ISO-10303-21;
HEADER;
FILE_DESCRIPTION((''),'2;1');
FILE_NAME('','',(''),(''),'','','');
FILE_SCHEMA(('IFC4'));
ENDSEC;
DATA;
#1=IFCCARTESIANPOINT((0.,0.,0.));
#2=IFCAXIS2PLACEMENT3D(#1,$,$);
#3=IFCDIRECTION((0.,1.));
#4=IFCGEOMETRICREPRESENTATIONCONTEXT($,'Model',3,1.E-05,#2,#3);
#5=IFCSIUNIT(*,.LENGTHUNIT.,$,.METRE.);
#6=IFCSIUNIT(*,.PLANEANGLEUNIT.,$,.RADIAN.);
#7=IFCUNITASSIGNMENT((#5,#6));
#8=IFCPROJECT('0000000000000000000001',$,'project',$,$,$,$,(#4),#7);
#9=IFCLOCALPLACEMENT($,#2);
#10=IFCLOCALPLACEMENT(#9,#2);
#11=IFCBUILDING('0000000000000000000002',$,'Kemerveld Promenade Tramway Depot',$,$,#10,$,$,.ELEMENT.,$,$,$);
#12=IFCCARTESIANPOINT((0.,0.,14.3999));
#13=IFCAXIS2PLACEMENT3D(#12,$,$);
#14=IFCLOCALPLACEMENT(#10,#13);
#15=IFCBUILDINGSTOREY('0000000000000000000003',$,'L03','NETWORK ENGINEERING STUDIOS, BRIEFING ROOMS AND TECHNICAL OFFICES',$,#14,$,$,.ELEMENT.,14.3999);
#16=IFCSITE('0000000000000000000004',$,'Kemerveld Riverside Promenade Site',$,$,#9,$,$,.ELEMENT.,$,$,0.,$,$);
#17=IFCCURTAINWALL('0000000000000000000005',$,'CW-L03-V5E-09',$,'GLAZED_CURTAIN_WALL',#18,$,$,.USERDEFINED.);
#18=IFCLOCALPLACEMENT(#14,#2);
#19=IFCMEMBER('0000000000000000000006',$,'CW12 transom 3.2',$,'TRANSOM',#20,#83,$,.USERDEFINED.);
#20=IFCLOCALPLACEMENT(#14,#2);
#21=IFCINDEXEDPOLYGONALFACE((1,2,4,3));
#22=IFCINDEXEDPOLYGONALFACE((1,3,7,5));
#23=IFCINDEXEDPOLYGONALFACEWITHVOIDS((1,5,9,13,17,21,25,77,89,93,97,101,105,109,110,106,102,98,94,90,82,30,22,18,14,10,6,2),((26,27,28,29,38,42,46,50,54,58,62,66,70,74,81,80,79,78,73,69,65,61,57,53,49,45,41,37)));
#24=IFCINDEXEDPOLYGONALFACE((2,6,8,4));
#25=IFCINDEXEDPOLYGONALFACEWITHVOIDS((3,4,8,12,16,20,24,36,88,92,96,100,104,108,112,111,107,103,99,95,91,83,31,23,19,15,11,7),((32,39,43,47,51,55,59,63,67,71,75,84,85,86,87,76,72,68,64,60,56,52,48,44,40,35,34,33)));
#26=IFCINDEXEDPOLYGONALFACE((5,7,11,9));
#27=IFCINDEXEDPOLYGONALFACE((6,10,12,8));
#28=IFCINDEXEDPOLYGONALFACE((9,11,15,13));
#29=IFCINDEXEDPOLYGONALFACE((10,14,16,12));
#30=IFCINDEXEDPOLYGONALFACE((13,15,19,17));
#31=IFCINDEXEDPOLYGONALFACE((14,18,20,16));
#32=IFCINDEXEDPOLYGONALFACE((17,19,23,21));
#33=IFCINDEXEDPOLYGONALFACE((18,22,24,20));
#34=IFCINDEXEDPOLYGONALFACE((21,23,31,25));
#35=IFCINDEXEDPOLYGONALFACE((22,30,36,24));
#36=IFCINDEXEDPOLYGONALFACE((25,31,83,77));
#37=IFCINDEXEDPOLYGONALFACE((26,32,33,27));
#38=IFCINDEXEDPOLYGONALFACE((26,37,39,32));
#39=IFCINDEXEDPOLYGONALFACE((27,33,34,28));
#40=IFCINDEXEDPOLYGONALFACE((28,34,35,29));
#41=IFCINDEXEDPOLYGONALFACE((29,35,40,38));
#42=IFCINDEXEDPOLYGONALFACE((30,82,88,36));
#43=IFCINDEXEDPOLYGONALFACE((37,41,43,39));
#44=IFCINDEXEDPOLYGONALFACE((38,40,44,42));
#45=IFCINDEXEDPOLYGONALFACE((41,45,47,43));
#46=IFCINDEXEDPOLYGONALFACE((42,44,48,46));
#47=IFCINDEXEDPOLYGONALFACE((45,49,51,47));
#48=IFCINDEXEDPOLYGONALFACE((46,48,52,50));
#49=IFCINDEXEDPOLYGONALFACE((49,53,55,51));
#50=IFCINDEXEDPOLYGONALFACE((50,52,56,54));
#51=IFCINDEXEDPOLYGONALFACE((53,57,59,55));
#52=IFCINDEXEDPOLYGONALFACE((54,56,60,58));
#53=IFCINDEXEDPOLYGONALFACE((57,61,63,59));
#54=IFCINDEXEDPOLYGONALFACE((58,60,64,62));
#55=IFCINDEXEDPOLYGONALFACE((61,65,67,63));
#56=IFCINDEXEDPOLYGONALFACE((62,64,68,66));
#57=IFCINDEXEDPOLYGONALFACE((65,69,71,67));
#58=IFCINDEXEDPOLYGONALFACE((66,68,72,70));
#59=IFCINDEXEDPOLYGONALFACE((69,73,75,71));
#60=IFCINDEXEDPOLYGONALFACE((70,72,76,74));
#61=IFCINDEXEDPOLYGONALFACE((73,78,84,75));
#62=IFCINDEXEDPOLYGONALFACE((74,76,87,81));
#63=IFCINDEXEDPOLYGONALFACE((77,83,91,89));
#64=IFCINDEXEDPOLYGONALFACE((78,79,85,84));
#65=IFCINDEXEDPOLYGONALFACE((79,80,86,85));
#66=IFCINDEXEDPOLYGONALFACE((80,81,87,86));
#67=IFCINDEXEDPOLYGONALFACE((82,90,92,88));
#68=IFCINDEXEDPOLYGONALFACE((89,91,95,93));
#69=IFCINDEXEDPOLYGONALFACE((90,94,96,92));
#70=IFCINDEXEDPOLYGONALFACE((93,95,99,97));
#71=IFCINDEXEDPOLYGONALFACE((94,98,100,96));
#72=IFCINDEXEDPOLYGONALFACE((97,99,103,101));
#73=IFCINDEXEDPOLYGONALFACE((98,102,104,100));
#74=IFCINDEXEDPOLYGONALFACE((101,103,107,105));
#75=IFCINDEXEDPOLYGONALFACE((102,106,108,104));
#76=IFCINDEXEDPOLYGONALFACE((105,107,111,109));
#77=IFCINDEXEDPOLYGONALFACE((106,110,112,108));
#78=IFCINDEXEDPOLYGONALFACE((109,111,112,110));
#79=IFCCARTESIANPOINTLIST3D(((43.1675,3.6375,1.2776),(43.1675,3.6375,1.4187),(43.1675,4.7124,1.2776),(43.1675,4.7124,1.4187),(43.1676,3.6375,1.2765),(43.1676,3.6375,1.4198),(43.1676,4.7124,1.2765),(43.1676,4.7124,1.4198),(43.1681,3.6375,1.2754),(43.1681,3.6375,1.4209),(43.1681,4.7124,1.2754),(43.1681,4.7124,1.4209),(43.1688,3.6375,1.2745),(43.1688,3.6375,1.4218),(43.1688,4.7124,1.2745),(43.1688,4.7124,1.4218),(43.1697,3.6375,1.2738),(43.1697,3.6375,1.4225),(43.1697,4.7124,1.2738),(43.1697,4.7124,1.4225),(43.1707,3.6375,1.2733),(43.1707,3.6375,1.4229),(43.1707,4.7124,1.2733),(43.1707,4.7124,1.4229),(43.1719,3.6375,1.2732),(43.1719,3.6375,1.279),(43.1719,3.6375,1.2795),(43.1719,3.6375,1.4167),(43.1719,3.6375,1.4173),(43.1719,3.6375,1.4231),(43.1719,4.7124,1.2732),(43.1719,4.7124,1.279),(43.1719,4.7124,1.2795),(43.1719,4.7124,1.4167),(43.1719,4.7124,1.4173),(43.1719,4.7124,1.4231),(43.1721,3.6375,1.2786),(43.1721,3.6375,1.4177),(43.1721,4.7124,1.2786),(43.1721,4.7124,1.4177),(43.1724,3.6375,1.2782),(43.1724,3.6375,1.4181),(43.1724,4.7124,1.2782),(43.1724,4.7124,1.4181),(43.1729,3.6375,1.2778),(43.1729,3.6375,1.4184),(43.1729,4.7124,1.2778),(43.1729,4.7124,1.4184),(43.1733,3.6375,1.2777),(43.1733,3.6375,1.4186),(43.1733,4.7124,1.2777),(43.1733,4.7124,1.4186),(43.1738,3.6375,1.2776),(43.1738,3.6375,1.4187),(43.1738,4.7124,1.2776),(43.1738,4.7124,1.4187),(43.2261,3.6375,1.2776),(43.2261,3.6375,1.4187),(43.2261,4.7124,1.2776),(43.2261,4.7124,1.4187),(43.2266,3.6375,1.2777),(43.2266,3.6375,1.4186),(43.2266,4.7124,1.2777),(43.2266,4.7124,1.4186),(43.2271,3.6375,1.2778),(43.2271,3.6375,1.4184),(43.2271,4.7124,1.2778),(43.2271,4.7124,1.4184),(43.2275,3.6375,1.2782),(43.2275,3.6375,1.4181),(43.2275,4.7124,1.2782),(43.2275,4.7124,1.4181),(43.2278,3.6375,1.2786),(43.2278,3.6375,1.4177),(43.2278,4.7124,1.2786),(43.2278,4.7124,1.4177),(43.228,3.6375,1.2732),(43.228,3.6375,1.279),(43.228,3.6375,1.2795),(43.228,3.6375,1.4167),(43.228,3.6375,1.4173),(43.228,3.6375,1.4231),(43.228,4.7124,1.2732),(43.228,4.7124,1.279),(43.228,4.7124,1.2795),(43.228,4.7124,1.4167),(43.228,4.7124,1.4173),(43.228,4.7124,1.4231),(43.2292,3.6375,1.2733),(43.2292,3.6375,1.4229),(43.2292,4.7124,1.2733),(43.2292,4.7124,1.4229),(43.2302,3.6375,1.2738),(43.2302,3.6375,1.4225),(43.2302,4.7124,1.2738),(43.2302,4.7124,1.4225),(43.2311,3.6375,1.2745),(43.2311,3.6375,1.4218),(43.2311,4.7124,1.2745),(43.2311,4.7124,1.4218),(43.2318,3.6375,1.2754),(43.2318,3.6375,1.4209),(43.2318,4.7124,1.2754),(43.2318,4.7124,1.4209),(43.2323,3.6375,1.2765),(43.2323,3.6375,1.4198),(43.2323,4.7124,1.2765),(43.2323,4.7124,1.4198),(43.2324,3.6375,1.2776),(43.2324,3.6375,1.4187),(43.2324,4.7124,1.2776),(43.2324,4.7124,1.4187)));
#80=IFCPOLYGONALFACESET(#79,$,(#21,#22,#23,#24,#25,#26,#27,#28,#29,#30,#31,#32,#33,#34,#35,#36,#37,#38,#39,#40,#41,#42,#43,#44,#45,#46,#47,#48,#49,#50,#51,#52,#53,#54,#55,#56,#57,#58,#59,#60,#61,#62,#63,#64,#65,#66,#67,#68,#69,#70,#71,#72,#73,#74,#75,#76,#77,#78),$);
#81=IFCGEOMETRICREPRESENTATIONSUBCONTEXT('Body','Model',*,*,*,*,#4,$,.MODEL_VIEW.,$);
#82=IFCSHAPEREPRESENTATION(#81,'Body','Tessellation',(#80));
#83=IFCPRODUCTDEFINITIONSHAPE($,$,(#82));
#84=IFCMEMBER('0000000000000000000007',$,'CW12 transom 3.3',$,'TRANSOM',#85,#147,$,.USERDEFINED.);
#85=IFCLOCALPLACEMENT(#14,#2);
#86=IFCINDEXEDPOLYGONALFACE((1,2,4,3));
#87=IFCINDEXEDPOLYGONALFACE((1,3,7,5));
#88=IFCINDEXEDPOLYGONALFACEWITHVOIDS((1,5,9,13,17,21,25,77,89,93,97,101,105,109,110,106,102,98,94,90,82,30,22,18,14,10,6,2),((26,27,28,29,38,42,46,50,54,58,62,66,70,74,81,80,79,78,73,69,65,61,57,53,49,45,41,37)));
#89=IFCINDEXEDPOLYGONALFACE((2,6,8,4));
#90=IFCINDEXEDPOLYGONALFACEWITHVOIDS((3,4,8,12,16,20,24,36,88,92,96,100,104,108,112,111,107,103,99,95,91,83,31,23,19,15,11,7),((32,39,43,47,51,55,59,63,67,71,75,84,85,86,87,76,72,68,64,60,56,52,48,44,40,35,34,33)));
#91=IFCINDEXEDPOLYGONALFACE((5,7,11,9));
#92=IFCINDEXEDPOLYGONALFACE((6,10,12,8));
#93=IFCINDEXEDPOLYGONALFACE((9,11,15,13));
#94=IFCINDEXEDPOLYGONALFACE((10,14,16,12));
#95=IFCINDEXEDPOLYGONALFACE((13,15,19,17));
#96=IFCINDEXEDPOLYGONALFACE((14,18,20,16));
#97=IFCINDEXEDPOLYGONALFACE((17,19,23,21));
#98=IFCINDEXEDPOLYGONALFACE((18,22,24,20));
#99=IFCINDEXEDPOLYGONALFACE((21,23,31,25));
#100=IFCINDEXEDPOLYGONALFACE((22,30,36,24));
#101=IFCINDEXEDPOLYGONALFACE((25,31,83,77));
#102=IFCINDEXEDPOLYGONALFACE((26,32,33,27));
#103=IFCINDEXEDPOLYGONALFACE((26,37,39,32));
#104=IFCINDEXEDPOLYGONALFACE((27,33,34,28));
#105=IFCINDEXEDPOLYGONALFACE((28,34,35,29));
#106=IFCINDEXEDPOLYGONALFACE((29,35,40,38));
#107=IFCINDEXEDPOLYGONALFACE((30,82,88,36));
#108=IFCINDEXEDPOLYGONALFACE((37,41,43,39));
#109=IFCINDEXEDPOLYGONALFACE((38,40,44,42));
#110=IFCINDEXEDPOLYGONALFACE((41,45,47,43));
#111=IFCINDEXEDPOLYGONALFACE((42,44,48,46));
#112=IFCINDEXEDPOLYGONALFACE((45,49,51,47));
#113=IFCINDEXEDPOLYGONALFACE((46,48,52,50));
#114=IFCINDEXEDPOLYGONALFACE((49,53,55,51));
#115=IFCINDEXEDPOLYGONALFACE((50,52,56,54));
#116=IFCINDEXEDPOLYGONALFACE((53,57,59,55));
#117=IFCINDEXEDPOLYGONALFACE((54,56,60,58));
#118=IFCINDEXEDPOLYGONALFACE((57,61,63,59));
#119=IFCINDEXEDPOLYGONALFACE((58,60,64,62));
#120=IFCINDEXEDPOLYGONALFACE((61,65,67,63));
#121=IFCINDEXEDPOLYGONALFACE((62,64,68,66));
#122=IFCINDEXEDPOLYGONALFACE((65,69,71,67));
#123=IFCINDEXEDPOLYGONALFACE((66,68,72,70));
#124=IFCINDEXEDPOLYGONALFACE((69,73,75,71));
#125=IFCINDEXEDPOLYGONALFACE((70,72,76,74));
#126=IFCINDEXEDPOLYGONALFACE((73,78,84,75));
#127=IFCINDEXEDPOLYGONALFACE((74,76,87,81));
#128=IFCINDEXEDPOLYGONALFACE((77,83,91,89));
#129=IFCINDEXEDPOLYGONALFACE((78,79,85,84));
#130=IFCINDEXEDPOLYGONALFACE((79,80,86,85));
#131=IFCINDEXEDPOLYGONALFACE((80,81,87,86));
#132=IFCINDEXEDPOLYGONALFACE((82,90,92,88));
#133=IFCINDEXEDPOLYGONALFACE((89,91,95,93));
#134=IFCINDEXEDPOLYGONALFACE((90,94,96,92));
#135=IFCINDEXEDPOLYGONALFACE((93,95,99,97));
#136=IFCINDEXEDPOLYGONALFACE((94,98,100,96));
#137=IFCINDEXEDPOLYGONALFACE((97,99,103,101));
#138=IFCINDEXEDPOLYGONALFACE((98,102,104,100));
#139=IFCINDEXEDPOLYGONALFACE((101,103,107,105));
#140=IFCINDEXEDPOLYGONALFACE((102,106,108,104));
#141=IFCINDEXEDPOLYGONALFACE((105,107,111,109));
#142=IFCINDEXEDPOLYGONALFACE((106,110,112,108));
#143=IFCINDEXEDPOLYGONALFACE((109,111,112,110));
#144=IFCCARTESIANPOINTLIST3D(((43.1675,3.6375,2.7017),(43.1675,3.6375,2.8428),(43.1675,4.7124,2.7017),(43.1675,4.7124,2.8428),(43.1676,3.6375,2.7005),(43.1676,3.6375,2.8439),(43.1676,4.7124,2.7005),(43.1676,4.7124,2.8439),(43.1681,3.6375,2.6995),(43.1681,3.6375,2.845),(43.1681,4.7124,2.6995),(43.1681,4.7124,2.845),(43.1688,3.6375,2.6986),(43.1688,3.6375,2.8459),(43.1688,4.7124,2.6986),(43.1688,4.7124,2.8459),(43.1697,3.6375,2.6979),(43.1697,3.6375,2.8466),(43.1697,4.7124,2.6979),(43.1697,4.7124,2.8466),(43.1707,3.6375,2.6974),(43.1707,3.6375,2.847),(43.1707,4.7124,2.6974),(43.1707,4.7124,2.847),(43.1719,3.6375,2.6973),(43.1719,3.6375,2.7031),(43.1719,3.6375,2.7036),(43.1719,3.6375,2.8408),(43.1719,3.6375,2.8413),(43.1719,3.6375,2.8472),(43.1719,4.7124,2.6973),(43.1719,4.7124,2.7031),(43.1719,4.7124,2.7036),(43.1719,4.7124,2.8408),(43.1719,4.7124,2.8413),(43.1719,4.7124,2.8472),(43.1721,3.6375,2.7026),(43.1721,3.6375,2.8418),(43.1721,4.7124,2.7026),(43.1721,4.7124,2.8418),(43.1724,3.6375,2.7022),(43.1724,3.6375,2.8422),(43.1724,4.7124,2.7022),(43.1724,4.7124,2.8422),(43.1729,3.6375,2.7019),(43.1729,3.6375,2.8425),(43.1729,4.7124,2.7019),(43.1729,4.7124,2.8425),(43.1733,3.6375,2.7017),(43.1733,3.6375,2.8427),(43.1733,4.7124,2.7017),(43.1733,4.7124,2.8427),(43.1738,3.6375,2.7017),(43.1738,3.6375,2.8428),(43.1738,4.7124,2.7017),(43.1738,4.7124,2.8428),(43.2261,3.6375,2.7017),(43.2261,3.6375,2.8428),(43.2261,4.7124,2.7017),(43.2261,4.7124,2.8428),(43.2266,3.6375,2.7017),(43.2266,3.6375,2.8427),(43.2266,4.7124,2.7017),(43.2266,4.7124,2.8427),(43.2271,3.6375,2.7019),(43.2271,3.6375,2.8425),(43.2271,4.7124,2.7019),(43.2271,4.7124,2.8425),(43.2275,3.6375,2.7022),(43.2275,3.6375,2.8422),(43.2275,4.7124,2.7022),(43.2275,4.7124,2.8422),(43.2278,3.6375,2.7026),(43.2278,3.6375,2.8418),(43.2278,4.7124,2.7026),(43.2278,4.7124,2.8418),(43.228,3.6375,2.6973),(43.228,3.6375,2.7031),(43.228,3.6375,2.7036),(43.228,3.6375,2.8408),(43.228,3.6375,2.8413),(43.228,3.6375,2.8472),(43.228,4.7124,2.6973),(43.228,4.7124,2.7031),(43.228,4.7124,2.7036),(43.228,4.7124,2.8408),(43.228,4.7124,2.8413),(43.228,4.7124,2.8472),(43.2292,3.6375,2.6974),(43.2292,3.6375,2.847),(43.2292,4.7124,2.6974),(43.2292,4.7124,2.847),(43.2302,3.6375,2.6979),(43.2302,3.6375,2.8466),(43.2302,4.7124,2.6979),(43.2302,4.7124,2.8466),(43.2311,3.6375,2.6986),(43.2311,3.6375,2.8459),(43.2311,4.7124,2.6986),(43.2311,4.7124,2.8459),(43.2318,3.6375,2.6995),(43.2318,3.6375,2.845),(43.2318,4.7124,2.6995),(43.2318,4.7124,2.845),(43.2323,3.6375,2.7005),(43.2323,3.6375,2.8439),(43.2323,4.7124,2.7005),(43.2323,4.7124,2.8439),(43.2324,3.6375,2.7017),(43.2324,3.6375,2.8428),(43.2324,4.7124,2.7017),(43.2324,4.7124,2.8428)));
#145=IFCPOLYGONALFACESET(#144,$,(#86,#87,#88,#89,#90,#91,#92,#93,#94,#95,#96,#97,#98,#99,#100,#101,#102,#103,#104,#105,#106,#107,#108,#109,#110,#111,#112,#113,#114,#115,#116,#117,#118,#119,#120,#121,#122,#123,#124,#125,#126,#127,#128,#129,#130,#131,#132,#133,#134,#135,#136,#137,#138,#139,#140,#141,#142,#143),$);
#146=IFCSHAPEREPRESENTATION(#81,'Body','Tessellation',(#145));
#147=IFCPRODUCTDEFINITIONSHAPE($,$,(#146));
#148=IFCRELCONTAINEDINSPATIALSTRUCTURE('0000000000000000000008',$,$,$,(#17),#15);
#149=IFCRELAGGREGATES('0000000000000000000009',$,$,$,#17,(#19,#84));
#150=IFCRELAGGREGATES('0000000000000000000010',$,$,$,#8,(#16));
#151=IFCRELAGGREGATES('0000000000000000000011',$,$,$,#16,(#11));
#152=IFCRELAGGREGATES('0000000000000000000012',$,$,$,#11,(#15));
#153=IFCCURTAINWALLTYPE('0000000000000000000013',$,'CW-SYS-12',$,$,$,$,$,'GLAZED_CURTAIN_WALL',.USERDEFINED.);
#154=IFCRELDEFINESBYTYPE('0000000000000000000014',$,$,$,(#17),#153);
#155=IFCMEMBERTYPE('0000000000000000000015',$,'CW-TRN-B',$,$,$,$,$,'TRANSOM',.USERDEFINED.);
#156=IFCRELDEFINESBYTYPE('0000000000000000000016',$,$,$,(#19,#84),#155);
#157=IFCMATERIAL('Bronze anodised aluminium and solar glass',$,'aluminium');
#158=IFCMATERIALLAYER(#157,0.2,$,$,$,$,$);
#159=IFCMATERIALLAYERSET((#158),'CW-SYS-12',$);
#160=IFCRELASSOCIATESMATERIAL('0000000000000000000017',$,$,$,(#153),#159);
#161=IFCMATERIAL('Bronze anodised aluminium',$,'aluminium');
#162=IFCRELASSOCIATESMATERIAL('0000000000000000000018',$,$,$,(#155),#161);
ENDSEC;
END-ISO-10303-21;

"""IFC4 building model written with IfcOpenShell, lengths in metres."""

from ifc_helpers import new_model, si_unit, direction, frame, origin, origin_2d, place, context, subcontext, project, spatial, hollow_rectangle, extrude, material, layer, layer_set, material_profile, profile_set, type_object, element, aggregate, save


model = new_model("IFC4")

# Units and contexts
model_context = context("Model", 3, precision=1e-05, world=origin(), true_north=direction((0.0, 1.0)))
body_context = subcontext(model_context, "Body", "Model", "MODEL_VIEW")
ifc_project = project(units=[si_unit("LENGTHUNIT", "METRE"), si_unit("PLANEANGLEUNIT", "RADIAN")], contexts=[model_context])

# Site, building, storey
site_placement = place(None, origin())
site = spatial("IfcSite", under=ifc_project, at=site_placement, Name="Kemerveld Riverside Promenade Site", CompositionType="ELEMENT", RefElevation=0.0)
building_placement = place(site_placement, origin())
building = spatial("IfcBuilding", under=site, at=building_placement, Name="Kemerveld Promenade Tramway Depot", CompositionType="ELEMENT")
storey_placement = place(building_placement, frame((0.0, 0.0, 14.3999)))
storey = spatial("IfcBuildingStorey", under=building, at=storey_placement, Name="L03", Description="NETWORK ENGINEERING STUDIOS, BRIEFING ROOMS AND TECHNICAL OFFICES", CompositionType="ELEMENT", Elevation=14.3999)

# Curtain wall, members
ifc_material_1 = material(Name="Bronze anodised aluminium and solar glass", Category="aluminium")
ifc_layer_1 = layer(ifc_material_1, 0.2)
ifc_layer_set_1 = layer_set([ifc_layer_1], Name="CW-SYS-12")
curtain_wall_type = type_object("IfcCurtainWallType", Name="CW-SYS-12", ElementType="GLAZED_CURTAIN_WALL", PredefinedType="USERDEFINED", material=ifc_layer_set_1)
curtain_wall_placement = place(storey_placement, origin())
curtain_wall = element("IfcCurtainWall", 1, at=curtain_wall_placement, inside=storey, type_object=curtain_wall_type, Name="CW-L03-V5E-09", ObjectType="GLAZED_CURTAIN_WALL", PredefinedType="USERDEFINED")
ifc_material_2 = material(Name="Bronze anodised aluminium", Category="aluminium")
ifc_material_profile_1 = material_profile(ifc_material_2, hollow_rectangle(XDim=0.0649, YDim=0.1499, WallThickness=0.0044, InnerFilletRadius=0.002, OuterFilletRadius=0.0044, at=origin_2d()), Name="CW-TRN-150x65")
ifc_profile_set_1 = profile_set([ifc_material_profile_1], Name="Bronze anodised aluminium")
member_type_1 = type_object("IfcMemberType", Name="CW-TRN-B", ElementType="TRANSOM", PredefinedType="USERDEFINED", material=ifc_profile_set_1)
member_1_placement = place(storey_placement, frame((43.2, 4.7124, 1.3481), z_axis=(0.0, -1.0, 0.0), x_axis=(1.0, 0.0, 0.0)))
member_1 = element("IfcMember", 2, at=member_1_placement, type_object=member_type_1, Name="CW12 transom 3.2", ObjectType="TRANSOM", PredefinedType="USERDEFINED", context=body_context, shape_type="SweptSolid", body=[
    extrude(hollow_rectangle(XDim=0.0649, YDim=0.1499, WallThickness=0.0044, InnerFilletRadius=0.002, OuterFilletRadius=0.0044, at=origin_2d()), origin(), (0.0, 0.0, 1.0), 1.075),
])
member_2_placement = place(storey_placement, frame((43.2, 4.7124, 2.7722), z_axis=(0.0, -1.0, 0.0), x_axis=(1.0, 0.0, 0.0)))
member_2 = element("IfcMember", 3, at=member_2_placement, type_object=member_type_1, Name="CW12 transom 3.3", ObjectType="TRANSOM", PredefinedType="USERDEFINED", context=body_context, shape_type="SweptSolid", body=[
    extrude(hollow_rectangle(XDim=0.0649, YDim=0.1499, WallThickness=0.0044, InnerFilletRadius=0.002, OuterFilletRadius=0.0044, at=origin_2d()), origin(), (0.0, 0.0, 1.0), 1.075),
])
aggregate(curtain_wall, [member_1, member_2])

save(model, "model.ifc")
